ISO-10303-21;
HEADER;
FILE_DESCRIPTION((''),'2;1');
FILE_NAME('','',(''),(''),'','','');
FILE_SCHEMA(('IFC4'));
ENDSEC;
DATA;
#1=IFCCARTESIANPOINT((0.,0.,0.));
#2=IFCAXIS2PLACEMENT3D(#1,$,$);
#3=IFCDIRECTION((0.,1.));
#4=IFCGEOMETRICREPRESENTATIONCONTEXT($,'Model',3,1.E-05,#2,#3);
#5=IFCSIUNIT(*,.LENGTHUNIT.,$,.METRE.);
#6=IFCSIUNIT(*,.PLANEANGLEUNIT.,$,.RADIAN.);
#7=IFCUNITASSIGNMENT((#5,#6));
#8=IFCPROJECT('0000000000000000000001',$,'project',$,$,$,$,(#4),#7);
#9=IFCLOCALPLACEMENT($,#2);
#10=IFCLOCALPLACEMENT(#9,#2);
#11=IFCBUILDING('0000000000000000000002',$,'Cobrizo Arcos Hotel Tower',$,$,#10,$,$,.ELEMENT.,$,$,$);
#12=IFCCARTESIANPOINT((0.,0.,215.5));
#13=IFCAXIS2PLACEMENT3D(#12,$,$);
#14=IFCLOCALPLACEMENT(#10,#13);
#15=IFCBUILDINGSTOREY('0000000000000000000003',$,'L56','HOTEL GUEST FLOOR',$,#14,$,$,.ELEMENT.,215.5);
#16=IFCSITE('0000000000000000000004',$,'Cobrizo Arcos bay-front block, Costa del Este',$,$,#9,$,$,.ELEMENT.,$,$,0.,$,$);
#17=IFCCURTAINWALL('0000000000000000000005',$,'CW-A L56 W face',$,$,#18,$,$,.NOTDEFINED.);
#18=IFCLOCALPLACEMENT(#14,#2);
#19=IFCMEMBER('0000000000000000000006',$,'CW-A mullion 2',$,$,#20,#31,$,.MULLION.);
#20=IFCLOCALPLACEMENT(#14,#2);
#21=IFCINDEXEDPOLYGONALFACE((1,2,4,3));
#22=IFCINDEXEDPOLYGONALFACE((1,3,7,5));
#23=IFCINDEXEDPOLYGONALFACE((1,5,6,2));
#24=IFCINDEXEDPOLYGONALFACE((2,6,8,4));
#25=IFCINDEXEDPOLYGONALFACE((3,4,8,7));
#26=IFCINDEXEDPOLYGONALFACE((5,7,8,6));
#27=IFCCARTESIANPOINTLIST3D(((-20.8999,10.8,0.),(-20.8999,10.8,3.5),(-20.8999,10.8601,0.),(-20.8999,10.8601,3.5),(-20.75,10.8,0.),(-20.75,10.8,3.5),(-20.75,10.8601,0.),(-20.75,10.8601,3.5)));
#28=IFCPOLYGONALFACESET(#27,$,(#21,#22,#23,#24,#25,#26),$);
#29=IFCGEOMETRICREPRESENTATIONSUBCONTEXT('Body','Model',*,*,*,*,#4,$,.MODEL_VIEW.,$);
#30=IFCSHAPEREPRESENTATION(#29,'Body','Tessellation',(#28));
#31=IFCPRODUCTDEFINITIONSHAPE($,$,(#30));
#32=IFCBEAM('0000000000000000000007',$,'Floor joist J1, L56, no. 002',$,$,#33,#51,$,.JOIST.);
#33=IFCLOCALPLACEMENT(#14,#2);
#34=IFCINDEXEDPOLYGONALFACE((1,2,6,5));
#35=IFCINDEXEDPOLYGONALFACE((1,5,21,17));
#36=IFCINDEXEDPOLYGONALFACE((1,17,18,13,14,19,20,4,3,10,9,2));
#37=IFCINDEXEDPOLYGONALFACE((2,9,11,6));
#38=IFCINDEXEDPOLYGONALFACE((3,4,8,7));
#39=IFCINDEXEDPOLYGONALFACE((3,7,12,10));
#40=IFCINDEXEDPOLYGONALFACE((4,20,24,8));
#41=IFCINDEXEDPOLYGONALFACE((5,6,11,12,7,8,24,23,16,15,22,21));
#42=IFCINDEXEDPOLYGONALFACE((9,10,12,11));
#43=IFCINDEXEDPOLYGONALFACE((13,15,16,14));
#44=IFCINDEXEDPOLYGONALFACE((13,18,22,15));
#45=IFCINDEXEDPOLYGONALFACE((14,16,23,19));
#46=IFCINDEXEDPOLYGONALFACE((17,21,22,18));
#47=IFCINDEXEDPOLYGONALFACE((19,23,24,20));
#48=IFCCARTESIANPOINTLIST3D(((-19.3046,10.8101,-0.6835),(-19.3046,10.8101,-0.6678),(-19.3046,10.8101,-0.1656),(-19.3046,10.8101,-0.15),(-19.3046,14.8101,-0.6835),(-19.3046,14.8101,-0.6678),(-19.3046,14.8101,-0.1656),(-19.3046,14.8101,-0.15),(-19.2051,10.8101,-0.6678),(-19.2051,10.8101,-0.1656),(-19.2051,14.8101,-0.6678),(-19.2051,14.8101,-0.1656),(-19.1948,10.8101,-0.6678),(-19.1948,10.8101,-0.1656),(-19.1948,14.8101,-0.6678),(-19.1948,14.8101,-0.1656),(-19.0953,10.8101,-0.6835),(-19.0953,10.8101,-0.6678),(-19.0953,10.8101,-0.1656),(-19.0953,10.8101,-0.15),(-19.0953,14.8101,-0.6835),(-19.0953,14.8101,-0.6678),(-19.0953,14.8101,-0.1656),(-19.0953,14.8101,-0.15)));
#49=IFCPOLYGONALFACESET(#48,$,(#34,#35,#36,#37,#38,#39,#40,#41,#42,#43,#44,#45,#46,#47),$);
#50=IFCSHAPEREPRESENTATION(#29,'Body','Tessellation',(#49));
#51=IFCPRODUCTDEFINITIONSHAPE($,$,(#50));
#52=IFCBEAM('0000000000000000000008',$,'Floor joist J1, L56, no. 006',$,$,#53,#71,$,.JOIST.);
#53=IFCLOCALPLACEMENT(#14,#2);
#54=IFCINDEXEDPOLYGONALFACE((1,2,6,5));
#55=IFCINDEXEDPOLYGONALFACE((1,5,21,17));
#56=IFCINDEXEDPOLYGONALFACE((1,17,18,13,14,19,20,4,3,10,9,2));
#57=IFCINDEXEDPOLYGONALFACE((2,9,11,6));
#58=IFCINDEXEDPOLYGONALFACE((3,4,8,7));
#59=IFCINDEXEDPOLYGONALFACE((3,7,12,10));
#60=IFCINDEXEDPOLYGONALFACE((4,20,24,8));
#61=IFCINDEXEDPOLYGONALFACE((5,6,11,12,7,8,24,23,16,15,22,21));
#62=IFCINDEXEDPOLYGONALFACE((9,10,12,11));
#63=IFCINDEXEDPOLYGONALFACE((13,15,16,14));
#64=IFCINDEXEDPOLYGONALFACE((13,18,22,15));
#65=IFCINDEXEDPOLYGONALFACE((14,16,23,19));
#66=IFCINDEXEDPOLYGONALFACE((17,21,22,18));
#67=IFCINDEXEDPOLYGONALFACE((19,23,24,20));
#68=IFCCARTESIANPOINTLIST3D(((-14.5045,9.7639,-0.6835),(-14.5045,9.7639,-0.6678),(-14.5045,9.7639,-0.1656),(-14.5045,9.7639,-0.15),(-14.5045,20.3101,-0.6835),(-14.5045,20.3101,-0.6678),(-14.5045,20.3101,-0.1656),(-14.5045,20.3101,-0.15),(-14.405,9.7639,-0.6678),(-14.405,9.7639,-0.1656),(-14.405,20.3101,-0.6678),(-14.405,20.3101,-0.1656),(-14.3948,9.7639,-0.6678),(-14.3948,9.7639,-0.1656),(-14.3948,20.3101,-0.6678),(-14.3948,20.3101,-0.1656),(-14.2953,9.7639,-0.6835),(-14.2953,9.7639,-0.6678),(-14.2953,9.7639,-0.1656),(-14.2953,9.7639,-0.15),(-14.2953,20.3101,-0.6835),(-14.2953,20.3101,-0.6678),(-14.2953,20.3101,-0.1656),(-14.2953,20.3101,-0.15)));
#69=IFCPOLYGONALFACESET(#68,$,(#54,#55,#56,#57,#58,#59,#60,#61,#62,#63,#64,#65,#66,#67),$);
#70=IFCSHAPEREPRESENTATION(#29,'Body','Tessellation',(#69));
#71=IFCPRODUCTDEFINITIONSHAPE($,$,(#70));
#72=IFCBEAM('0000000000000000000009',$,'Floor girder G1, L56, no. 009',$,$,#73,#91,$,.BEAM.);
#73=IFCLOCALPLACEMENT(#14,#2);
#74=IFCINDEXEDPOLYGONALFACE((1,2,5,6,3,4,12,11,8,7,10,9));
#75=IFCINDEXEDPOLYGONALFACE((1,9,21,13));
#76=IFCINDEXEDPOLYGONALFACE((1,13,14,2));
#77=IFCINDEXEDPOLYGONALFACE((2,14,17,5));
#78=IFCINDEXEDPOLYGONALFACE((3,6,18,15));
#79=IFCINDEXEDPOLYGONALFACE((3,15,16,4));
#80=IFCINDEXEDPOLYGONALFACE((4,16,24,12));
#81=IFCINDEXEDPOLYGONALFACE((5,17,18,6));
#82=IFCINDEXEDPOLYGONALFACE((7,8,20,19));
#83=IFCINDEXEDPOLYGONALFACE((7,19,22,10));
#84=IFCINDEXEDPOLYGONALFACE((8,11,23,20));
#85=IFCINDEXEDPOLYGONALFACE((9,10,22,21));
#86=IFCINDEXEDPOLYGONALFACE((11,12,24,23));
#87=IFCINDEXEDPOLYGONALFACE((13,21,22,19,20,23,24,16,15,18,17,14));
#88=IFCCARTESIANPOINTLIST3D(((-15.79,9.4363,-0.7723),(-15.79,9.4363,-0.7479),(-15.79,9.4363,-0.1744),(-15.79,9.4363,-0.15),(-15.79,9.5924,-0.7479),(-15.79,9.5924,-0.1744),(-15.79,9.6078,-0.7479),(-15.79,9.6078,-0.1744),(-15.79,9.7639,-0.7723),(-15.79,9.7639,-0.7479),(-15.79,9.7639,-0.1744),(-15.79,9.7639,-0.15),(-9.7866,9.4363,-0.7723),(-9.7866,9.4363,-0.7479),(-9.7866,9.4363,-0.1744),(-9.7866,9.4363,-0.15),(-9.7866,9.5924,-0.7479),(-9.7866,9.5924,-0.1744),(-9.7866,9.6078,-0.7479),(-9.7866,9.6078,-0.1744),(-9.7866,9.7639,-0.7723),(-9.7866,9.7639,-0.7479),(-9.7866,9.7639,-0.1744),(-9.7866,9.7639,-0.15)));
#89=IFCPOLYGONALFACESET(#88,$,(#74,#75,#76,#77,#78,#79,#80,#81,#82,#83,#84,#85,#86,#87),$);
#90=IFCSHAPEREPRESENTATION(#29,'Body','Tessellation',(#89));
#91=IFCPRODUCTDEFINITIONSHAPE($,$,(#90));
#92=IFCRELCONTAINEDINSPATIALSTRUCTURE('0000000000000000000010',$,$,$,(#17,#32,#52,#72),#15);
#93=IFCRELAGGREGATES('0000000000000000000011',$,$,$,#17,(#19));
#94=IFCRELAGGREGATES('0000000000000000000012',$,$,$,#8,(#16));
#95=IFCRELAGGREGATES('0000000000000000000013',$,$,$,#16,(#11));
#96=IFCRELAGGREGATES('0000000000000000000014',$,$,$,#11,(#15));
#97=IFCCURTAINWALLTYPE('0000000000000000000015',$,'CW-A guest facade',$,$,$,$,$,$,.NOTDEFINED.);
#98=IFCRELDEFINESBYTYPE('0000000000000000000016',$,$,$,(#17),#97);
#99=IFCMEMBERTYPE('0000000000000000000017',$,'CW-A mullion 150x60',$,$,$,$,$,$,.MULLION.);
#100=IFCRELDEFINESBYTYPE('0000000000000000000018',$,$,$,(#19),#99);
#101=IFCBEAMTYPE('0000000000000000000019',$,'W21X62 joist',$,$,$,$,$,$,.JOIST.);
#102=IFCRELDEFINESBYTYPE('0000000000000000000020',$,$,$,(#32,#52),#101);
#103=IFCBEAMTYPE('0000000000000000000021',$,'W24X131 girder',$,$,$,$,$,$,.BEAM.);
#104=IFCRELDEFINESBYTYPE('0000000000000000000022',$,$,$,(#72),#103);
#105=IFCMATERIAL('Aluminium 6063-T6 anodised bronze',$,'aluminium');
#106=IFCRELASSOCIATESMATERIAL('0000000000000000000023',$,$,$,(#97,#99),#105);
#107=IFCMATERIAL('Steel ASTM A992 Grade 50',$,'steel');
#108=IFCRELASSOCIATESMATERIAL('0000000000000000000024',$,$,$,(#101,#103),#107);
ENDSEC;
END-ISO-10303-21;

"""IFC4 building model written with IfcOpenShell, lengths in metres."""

from ifc_helpers import new_model, si_unit, direction, frame, origin, origin_2d, place, context, subcontext, project, spatial, rectangle, i_section, extrude, material, material_profile, profile_set, type_object, element, aggregate, save


model = new_model("IFC4")

# Units and contexts
model_context = context("Model", 3, precision=1e-05, world=origin(), true_north=direction((0.0, 1.0)))
body_context = subcontext(model_context, "Body", "Model", "MODEL_VIEW")
ifc_project = project(units=[si_unit("LENGTHUNIT", "METRE"), si_unit("PLANEANGLEUNIT", "RADIAN")], contexts=[model_context])

# Site, building, storey
site_placement = place(None, origin())
site = spatial("IfcSite", under=ifc_project, at=site_placement, Name="Cobrizo Arcos bay-front block, Costa del Este", CompositionType="ELEMENT", RefElevation=0.0)
building_placement = place(site_placement, origin())
building = spatial("IfcBuilding", under=site, at=building_placement, Name="Cobrizo Arcos Hotel Tower", CompositionType="ELEMENT")
storey_placement = place(building_placement, frame((0.0, 0.0, 215.5)))
storey = spatial("IfcBuildingStorey", under=building, at=storey_placement, Name="L56", Description="HOTEL GUEST FLOOR", CompositionType="ELEMENT", Elevation=215.5)

# Curtain wall, member
ifc_material_1 = material(Name="Aluminium 6063-T6 anodised bronze", Category="aluminium")
curtain_wall_type = type_object("IfcCurtainWallType", Name="CW-A guest facade", PredefinedType="NOTDEFINED", material=ifc_material_1)
curtain_wall_placement = place(storey_placement, origin())
curtain_wall = element("IfcCurtainWall", 1, at=curtain_wall_placement, inside=storey, type_object=curtain_wall_type, Name="CW-A L56 W face", PredefinedType="NOTDEFINED")
ifc_material_profile_1 = material_profile(ifc_material_1, rectangle(XDim=0.1499, YDim=0.0601, at=origin_2d()), Name="CW-A mullion 150x60")
ifc_profile_set_1 = profile_set([ifc_material_profile_1], Name="Aluminium 6063-T6 anodised bronze")
member_type = type_object("IfcMemberType", Name="CW-A mullion 150x60", PredefinedType="MULLION", material=ifc_profile_set_1)
member_placement = place(storey_placement, frame((-20.825, 10.8301, 0.0), z_axis=(0.0, 0.0, 1.0), x_axis=(-1.0, 0.0, 0.0)))
member = element("IfcMember", 2, at=member_placement, type_object=member_type, Name="CW-A mullion 2", PredefinedType="MULLION", context=body_context, shape_type="SweptSolid", body=[
    extrude(rectangle(XDim=0.1499, YDim=0.0601, at=origin_2d()), origin(), (0.0, 0.0, 1.0), 3.5),
])
aggregate(curtain_wall, [member])

# Beams
ifc_material_2 = material(Name="Steel ASTM A992 Grade 50", Category="steel")
ifc_material_profile_2 = material_profile(ifc_material_2, i_section(OverallWidth=0.2092, OverallDepth=0.5334, WebThickness=0.0103, FlangeThickness=0.0156, at=origin_2d()), Name="W21X62")
ifc_profile_set_2 = profile_set([ifc_material_profile_2], Name="Steel ASTM A992 Grade 50")
beam_type_1 = type_object("IfcBeamType", Name="W21X62 joist", PredefinedType="JOIST", material=ifc_profile_set_2)
beam_1_placement = place(storey_placement, frame((-19.2, 10.8101, -0.4167), z_axis=(0.0, 1.0, 0.0), x_axis=(-1.0, 0.0, 0.0)))
element("IfcBeam", 3, at=beam_1_placement, inside=storey, type_object=beam_type_1, Name="Floor joist J1, L56, no. 002", PredefinedType="JOIST", context=body_context, shape_type="SweptSolid", body=[
    extrude(i_section(OverallWidth=0.2092, OverallDepth=0.5334, WebThickness=0.0103, FlangeThickness=0.0156, at=origin_2d()), origin(), (0.0, 0.0, 1.0), 4.0),
])
beam_2_placement = place(storey_placement, frame((-14.3999, 9.7639, -0.4167), z_axis=(0.0, 1.0, 0.0), x_axis=(-1.0, 0.0, 0.0)))
element("IfcBeam", 4, at=beam_2_placement, inside=storey, type_object=beam_type_1, Name="Floor joist J1, L56, no. 006", PredefinedType="JOIST", context=body_context, shape_type="SweptSolid", body=[
    extrude(i_section(OverallWidth=0.2092, OverallDepth=0.5334, WebThickness=0.0103, FlangeThickness=0.0156, at=origin_2d()), origin(), (0.0, 0.0, 1.0), 10.5461),
])
ifc_material_profile_3 = material_profile(ifc_material_2, i_section(OverallWidth=0.3276, OverallDepth=0.6223, WebThickness=0.0154, FlangeThickness=0.0244, at=origin_2d()), Name="W24X131")
ifc_profile_set_3 = profile_set([ifc_material_profile_3], Name="Steel ASTM A992 Grade 50")
beam_type_2 = type_object("IfcBeamType", Name="W24X131 girder", PredefinedType="BEAM", material=ifc_profile_set_3)
beam_3_placement = place(storey_placement, frame((-15.79, 9.6001, -0.4612), z_axis=(1.0, 0.0, 0.0), x_axis=(0.0, 1.0, 0.0)))
element("IfcBeam", 5, at=beam_3_placement, inside=storey, type_object=beam_type_2, Name="Floor girder G1, L56, no. 009", PredefinedType="BEAM", context=body_context, shape_type="SweptSolid", body=[
    extrude(i_section(OverallWidth=0.3276, OverallDepth=0.6223, WebThickness=0.0154, FlangeThickness=0.0244, at=origin_2d()), origin(), (0.0, 0.0, 1.0), 6.0034),
])

save(model, "model.ifc")
